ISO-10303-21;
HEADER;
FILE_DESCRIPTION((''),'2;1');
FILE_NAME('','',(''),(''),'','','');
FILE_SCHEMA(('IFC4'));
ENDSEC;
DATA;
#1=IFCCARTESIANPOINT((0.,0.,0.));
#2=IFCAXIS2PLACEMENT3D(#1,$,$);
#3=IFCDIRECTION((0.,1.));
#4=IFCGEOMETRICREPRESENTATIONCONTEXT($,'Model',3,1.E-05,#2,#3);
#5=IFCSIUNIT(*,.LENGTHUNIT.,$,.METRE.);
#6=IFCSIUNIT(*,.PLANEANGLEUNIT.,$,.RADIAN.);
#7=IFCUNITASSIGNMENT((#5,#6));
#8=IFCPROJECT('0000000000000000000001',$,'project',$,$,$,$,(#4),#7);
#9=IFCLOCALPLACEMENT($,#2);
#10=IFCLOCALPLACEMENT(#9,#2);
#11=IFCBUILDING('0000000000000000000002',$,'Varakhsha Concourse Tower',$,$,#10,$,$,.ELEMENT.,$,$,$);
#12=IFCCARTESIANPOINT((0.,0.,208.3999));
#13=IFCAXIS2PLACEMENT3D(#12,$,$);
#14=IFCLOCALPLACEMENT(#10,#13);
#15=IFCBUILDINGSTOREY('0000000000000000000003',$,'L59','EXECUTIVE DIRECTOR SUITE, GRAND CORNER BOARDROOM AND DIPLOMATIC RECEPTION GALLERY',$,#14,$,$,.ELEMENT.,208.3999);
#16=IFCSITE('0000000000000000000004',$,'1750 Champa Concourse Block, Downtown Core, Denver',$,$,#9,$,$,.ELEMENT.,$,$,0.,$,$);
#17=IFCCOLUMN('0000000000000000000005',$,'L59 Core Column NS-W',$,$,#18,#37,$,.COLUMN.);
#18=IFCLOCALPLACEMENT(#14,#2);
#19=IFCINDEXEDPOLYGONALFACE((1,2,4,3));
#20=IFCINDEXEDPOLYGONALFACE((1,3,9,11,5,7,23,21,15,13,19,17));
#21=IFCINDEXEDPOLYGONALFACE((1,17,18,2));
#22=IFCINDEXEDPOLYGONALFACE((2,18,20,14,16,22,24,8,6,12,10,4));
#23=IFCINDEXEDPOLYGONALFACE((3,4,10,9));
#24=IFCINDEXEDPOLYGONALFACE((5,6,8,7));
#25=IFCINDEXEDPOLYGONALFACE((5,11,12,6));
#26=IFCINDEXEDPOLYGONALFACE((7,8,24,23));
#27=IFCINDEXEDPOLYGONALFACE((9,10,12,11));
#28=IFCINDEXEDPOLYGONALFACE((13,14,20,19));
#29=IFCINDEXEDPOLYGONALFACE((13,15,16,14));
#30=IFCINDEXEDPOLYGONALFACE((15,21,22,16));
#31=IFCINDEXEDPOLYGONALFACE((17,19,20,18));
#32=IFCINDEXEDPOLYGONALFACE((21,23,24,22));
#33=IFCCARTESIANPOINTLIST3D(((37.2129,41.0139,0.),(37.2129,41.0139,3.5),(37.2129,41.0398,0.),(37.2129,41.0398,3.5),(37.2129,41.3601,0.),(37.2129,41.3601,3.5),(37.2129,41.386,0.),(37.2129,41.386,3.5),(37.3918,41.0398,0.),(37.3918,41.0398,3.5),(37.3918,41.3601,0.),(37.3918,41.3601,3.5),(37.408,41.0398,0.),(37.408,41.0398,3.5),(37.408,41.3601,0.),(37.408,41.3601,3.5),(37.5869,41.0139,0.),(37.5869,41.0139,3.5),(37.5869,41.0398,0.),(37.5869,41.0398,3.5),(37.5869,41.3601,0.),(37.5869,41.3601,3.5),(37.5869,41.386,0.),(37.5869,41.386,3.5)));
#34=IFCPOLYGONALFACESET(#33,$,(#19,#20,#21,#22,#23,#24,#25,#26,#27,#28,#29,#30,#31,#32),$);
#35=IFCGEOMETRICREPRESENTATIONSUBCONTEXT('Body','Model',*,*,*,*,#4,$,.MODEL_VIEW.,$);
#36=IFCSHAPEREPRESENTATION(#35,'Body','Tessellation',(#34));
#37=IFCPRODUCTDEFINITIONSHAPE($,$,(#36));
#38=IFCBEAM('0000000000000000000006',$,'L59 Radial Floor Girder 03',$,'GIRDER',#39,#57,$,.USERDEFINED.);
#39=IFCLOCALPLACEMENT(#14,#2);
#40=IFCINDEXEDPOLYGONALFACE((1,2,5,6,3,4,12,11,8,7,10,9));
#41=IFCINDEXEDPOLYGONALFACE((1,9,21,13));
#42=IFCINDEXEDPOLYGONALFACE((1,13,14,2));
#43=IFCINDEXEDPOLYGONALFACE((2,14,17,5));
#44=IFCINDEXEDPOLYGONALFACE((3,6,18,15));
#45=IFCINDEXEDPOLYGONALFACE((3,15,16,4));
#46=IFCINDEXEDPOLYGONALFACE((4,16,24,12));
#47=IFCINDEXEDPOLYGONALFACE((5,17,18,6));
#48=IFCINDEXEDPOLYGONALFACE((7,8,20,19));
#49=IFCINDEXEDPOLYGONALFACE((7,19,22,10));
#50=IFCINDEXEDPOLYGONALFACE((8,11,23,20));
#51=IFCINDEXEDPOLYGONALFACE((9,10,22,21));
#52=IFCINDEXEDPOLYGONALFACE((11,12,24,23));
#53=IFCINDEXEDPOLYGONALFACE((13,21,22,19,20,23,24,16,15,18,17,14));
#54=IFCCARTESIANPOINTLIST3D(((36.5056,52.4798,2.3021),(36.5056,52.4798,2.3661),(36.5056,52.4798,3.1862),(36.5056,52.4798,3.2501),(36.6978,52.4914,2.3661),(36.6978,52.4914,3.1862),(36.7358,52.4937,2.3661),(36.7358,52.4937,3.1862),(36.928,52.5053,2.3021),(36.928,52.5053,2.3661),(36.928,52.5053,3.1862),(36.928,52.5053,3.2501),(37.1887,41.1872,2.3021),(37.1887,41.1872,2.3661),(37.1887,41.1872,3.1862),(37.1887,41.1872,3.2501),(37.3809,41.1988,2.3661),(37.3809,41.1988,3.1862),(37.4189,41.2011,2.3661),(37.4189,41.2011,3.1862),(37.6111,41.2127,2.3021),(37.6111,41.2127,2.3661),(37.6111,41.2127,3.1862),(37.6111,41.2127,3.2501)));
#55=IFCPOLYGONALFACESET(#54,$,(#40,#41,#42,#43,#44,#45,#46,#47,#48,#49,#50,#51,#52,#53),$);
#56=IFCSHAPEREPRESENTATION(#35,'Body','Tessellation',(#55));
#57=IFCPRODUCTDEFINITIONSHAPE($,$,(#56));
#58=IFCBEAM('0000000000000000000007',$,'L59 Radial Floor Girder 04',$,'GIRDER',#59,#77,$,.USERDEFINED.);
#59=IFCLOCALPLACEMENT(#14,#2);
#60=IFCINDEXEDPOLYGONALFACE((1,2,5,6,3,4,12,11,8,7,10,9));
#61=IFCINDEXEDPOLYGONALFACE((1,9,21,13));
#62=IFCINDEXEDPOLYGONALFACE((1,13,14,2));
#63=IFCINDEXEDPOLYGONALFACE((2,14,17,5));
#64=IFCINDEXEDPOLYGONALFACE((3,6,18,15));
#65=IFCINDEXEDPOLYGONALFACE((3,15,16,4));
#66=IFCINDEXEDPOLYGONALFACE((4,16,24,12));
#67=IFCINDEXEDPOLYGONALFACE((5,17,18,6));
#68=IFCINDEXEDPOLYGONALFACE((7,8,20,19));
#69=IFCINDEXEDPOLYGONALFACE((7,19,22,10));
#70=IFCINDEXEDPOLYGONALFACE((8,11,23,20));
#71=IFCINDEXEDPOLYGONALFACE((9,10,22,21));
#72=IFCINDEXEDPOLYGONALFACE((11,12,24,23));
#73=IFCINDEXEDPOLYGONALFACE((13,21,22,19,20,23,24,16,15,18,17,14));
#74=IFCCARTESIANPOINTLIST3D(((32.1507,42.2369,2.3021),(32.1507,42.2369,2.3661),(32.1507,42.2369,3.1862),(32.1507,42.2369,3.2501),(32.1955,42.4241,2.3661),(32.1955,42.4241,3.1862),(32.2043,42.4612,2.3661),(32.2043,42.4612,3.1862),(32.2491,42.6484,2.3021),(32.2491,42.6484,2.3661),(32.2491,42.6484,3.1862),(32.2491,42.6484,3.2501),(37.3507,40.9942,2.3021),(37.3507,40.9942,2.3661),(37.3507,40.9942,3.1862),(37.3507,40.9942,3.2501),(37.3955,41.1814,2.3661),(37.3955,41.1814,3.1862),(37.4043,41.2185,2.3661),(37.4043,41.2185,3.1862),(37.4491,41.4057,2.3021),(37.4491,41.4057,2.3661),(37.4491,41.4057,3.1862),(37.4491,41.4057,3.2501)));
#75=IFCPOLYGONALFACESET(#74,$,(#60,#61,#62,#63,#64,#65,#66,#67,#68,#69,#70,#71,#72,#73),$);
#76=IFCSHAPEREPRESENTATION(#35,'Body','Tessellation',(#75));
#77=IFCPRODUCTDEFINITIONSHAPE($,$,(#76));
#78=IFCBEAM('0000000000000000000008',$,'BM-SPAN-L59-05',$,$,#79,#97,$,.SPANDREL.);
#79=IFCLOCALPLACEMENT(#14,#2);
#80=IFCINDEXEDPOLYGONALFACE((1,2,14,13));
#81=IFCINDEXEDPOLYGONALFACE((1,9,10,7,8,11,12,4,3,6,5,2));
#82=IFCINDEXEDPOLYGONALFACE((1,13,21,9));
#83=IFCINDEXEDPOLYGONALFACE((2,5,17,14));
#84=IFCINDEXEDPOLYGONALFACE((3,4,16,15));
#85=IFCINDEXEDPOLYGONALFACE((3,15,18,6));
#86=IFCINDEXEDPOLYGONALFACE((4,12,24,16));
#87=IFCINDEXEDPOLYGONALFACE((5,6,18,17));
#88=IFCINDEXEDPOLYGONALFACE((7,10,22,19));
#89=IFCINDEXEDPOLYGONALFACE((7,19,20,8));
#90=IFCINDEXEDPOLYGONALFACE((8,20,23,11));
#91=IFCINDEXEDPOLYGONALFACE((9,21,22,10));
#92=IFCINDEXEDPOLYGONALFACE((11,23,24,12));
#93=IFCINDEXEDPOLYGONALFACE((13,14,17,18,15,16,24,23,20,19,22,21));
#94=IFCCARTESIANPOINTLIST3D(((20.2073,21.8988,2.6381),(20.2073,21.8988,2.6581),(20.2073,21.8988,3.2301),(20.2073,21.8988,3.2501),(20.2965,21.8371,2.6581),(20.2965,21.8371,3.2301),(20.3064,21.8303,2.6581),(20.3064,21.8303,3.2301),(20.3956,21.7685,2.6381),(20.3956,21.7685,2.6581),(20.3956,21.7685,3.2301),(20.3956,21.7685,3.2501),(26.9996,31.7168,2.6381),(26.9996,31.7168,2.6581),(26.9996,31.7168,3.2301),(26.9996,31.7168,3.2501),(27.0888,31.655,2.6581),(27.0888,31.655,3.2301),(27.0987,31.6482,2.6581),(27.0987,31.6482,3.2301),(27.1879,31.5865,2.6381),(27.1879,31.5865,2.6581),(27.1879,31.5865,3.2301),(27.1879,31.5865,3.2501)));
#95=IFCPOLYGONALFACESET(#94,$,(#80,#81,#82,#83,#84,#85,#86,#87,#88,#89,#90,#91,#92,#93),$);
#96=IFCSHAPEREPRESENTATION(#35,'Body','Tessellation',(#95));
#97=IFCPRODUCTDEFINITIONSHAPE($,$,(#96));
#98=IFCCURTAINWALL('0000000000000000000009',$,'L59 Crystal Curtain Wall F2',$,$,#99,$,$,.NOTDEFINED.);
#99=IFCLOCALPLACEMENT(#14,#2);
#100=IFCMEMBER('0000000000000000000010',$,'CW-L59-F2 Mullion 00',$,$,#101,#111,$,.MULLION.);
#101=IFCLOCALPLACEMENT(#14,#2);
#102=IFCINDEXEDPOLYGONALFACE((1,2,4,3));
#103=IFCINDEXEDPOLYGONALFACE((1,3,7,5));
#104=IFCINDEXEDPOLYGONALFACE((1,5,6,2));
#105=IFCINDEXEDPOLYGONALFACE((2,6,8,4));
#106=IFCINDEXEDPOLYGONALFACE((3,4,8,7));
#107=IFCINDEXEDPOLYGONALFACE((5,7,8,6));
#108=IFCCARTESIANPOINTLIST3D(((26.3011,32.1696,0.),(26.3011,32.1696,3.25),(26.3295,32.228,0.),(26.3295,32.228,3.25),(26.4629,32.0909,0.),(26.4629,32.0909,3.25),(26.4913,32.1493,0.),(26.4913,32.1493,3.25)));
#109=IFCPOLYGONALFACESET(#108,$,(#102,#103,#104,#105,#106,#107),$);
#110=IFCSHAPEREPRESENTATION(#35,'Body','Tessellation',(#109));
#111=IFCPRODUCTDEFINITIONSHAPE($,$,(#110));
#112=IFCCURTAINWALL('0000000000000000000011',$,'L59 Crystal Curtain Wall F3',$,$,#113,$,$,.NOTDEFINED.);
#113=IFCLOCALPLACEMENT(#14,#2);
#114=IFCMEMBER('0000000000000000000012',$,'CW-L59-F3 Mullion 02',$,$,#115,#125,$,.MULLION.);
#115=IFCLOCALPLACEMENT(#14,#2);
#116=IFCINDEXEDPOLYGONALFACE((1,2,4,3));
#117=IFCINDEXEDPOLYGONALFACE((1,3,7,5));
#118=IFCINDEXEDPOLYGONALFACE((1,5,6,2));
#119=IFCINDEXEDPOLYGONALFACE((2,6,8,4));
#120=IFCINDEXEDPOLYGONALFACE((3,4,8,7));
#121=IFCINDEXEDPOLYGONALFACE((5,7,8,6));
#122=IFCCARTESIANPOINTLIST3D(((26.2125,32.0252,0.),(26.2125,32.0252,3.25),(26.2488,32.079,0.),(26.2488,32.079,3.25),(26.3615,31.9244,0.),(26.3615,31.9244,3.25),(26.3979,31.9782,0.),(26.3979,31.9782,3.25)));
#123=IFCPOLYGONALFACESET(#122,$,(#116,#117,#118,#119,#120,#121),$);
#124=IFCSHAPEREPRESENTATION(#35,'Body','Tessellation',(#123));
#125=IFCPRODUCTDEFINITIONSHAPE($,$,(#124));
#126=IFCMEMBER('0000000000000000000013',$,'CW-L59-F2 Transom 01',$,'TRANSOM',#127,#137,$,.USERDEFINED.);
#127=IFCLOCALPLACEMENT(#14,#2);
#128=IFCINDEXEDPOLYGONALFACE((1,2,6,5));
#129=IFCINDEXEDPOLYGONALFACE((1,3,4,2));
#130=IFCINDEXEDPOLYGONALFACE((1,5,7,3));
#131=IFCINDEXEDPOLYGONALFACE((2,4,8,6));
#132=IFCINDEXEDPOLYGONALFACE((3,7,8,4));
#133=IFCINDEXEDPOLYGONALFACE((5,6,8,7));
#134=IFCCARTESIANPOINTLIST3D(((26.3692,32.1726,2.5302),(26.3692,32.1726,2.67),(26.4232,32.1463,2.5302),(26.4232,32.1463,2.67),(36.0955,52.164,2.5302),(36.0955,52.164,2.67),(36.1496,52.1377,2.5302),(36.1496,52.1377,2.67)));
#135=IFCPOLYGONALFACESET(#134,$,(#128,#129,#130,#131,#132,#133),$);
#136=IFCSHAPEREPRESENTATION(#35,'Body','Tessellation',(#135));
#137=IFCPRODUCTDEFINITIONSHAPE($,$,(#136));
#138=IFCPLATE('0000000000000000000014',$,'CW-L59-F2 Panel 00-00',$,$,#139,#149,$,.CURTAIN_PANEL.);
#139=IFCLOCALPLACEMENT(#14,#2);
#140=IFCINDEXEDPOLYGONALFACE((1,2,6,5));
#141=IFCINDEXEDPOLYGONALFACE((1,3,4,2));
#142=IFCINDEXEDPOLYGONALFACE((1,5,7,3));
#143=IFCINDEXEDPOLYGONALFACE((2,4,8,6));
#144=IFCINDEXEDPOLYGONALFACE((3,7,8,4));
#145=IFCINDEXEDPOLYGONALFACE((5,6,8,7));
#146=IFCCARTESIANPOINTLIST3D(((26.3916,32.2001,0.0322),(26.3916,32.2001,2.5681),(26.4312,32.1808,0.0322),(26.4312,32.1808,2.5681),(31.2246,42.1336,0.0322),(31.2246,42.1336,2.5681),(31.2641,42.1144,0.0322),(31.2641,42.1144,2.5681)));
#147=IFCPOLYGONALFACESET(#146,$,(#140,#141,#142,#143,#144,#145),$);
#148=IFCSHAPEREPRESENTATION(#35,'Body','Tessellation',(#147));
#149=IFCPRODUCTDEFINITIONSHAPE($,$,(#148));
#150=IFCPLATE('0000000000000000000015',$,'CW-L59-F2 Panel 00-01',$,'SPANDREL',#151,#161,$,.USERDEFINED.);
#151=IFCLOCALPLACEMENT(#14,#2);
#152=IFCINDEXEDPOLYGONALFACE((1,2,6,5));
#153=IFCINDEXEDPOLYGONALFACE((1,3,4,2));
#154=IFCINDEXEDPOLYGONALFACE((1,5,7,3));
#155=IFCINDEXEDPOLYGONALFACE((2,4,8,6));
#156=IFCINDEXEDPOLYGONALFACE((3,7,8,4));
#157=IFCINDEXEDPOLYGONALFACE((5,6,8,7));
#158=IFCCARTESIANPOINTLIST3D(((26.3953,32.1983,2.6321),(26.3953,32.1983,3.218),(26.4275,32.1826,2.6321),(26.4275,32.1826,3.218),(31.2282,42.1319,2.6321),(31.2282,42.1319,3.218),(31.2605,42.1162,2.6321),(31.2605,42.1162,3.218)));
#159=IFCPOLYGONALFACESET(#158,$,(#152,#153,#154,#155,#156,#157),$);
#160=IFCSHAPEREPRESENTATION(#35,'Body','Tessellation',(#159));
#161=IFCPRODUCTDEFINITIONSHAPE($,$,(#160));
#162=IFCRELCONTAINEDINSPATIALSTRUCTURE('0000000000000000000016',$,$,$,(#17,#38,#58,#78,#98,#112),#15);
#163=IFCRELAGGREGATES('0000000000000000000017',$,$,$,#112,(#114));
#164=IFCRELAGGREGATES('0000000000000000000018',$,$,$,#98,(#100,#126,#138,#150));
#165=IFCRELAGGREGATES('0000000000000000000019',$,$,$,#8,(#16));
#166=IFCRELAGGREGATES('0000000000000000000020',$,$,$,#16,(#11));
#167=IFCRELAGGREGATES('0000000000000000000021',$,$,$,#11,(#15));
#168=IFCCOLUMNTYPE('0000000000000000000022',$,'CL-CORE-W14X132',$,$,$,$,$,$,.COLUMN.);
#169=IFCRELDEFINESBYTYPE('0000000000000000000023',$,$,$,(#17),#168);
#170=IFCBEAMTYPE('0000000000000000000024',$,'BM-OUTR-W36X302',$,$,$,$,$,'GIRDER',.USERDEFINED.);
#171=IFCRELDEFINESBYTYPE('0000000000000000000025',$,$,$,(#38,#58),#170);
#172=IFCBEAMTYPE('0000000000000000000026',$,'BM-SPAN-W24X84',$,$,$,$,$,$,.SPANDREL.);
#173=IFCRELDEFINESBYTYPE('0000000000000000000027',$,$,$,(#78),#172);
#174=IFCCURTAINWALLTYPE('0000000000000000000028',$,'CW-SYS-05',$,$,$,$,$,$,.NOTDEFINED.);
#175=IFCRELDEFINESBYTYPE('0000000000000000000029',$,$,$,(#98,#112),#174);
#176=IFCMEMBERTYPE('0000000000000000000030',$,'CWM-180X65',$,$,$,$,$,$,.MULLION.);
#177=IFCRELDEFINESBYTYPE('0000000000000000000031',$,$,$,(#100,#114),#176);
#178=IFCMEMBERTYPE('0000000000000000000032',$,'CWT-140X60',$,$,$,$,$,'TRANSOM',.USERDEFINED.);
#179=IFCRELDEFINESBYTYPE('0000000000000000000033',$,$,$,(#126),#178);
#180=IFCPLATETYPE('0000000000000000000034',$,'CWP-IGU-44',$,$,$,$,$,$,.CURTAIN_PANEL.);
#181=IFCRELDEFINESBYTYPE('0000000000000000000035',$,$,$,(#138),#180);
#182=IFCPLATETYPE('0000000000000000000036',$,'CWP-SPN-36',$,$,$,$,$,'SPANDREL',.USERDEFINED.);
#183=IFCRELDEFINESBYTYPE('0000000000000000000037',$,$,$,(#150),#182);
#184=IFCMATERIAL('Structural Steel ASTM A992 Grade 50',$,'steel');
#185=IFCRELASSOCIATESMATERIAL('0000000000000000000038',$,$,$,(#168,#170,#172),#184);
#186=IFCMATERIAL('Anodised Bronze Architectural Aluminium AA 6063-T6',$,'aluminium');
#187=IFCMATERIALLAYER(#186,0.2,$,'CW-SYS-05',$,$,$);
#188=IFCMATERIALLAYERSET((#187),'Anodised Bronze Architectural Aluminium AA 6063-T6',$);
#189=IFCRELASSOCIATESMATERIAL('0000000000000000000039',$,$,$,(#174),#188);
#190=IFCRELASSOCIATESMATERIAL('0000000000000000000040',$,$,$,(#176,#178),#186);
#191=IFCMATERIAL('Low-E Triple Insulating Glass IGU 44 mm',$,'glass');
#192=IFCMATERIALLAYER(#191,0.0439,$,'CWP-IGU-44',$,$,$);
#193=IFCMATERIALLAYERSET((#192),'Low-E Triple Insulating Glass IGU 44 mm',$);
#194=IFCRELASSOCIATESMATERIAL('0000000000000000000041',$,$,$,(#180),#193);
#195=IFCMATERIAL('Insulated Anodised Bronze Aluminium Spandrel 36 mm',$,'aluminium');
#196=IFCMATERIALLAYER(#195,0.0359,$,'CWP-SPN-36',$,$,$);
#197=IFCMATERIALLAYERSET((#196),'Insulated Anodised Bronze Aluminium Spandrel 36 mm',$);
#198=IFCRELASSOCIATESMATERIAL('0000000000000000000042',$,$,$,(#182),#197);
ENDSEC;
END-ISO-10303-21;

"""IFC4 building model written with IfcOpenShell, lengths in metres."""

from ifc_helpers import new_model, si_unit, direction, frame, origin, origin_2d, place, context, subcontext, project, spatial, rectangle, i_section, extrude, source, transform, mapped, material, layer, layer_set, material_profile, profile_set, type_object, type_shapes, element, aggregate, save


model = new_model("IFC4")

# Units and contexts
model_context = context("Model", 3, precision=1e-05, world=origin(), true_north=direction((0.0, 1.0)))
body_context = subcontext(model_context, "Body", "Model", "MODEL_VIEW")
ifc_project = project(units=[si_unit("LENGTHUNIT", "METRE"), si_unit("PLANEANGLEUNIT", "RADIAN")], contexts=[model_context])

# Site, building, storey
site_placement = place(None, origin())
site = spatial("IfcSite", under=ifc_project, at=site_placement, Name="1750 Champa Concourse Block, Downtown Core, Denver", CompositionType="ELEMENT", RefElevation=0.0)
building_placement = place(site_placement, origin())
building = spatial("IfcBuilding", under=site, at=building_placement, Name="Varakhsha Concourse Tower", CompositionType="ELEMENT")
storey_placement = place(building_placement, frame((0.0, 0.0, 208.3999)))
storey = spatial("IfcBuildingStorey", under=building, at=storey_placement, Name="L59", Description="EXECUTIVE DIRECTOR SUITE, GRAND CORNER BOARDROOM AND DIPLOMATIC RECEPTION GALLERY", CompositionType="ELEMENT", Elevation=208.3999)

# Column
ifc_material_1 = material(Name="Structural Steel ASTM A992 Grade 50", Category="steel")
ifc_material_profile_1 = material_profile(ifc_material_1, i_section(OverallWidth=0.374, OverallDepth=0.3721, WebThickness=0.0161, FlangeThickness=0.0259, at=origin_2d()), Name="W14X132")
ifc_profile_set_1 = profile_set([ifc_material_profile_1], Name="Structural Steel ASTM A992 Grade 50")
column_type = type_object("IfcColumnType", Name="CL-CORE-W14X132", PredefinedType="COLUMN", material=ifc_profile_set_1)
column_placement = place(storey_placement, frame((37.3999, 41.2, 0.0), z_axis=(0.0, 0.0, 1.0), x_axis=(1.0, 0.0, 0.0)))
element("IfcColumn", 1, at=column_placement, inside=storey, type_object=column_type, Name="L59 Core Column NS-W", PredefinedType="COLUMN", context=body_context, shape_type="SweptSolid", body=[
    extrude(i_section(OverallWidth=0.374, OverallDepth=0.3721, WebThickness=0.0161, FlangeThickness=0.0259, at=origin_2d()), origin(), (0.0, 0.0, 1.0), 3.5),
])

# Beams
ifc_material_profile_2 = material_profile(ifc_material_1, i_section(OverallWidth=0.4231, OverallDepth=0.948, WebThickness=0.0381, FlangeThickness=0.064, at=origin_2d()), Name="W36X302")
ifc_profile_set_2 = profile_set([ifc_material_profile_2], Name="Structural Steel ASTM A992 Grade 50")
beam_type_1 = type_object("IfcBeamType", Name="BM-OUTR-W36X302", ElementType="GIRDER", PredefinedType="USERDEFINED", material=ifc_profile_set_2)
beam_1_placement = place(storey_placement, frame((37.3999, 41.2, 2.7761), z_axis=(-0.060382, 0.998175, 0.0), x_axis=(-0.998175, -0.060382, 0.0)))
element("IfcBeam", 2, at=beam_1_placement, inside=storey, type_object=beam_type_1, Name="L59 Radial Floor Girder 03", ObjectType="GIRDER", PredefinedType="USERDEFINED", context=body_context, shape_type="SweptSolid", body=[
    extrude(i_section(OverallWidth=0.4231, OverallDepth=0.948, WebThickness=0.0381, FlangeThickness=0.064, at=origin_2d()), origin(), (0.0, 0.0, 1.0), 11.3132),
])
beam_2_placement = place(storey_placement, frame((37.3999, 41.2, 2.7761), z_axis=(-0.972612, 0.232433, 0.0), x_axis=(-0.232433, -0.972612, 0.0)))
element("IfcBeam", 3, at=beam_2_placement, inside=storey, type_object=beam_type_1, Name="L59 Radial Floor Girder 04", ObjectType="GIRDER", PredefinedType="USERDEFINED", context=body_context, shape_type="SweptSolid", body=[
    extrude(i_section(OverallWidth=0.4231, OverallDepth=0.948, WebThickness=0.0381, FlangeThickness=0.064, at=origin_2d()), origin(), (0.0, 0.0, 1.0), 5.3464),
])
ifc_material_profile_3 = material_profile(ifc_material_1, i_section(OverallWidth=0.229, OverallDepth=0.6121, WebThickness=0.012, FlangeThickness=0.02, at=origin_2d()), Name="W24X84")
ifc_profile_set_3 = profile_set([ifc_material_profile_3], Name="Structural Steel ASTM A992 Grade 50")
beam_type_2 = type_object("IfcBeamType", Name="BM-SPAN-W24X84", PredefinedType="SPANDREL", material=ifc_profile_set_3)
beam_3_placement = place(storey_placement, frame((27.0938, 31.6516, 2.9441), z_axis=(-0.568941, -0.822378, 0.0), x_axis=(0.822378, -0.568941, 0.0)))
element("IfcBeam", 4, at=beam_3_placement, inside=storey, type_object=beam_type_2, Name="BM-SPAN-L59-05", PredefinedType="SPANDREL", context=body_context, shape_type="SweptSolid", body=[
    extrude(i_section(OverallWidth=0.229, OverallDepth=0.6121, WebThickness=0.012, FlangeThickness=0.02, at=origin_2d()), origin(), (0.0, 0.0, 1.0), 11.9385),
])

# Curtain walls, members
ifc_material_2 = material(Name="Anodised Bronze Architectural Aluminium AA 6063-T6", Category="aluminium")
ifc_layer_1 = layer(ifc_material_2, 0.2, Name="CW-SYS-05")
ifc_layer_set_1 = layer_set([ifc_layer_1], Name="Anodised Bronze Architectural Aluminium AA 6063-T6")
curtain_wall_type = type_object("IfcCurtainWallType", Name="CW-SYS-05", PredefinedType="NOTDEFINED", material=ifc_layer_set_1)
curtain_wall_1_placement = place(storey_placement, origin())
curtain_wall_1 = element("IfcCurtainWall", 5, at=curtain_wall_1_placement, inside=storey, type_object=curtain_wall_type, Name="L59 Crystal Curtain Wall F2", PredefinedType="NOTDEFINED")
ifc_material_profile_4 = material_profile(ifc_material_2, rectangle(XDim=0.0649, YDim=0.1799, at=origin_2d()), Name="CWM-180X65")
ifc_profile_set_4 = profile_set([ifc_material_profile_4], Name="Anodised Bronze Architectural Aluminium AA 6063-T6")
member_type_1 = type_object("IfcMemberType", Name="CWM-180X65", PredefinedType="MULLION", material=ifc_profile_set_4)
shared_shape_1 = source(origin(), body_context, "Body", "SweptSolid", [
    extrude(rectangle(XDim=0.0649, YDim=0.1799, at=origin_2d()), origin(), (0.0, 0.0, 1.0), 3.25),
])
type_shapes(member_type_1, [shared_shape_1])
member_1_placement = place(storey_placement, frame((26.3962, 32.1594, 0.0), z_axis=(0.0, 0.0, 1.0), x_axis=(0.437497, 0.89922, 0.0)))
member_1 = element("IfcMember", 6, at=member_1_placement, type_object=member_type_1, Name="CW-L59-F2 Mullion 00", PredefinedType="MULLION", context=body_context, shape_type="MappedRepresentation", body=[
    mapped(shared_shape_1, transform((0.0, 0.0, 0.0), scale=1.0)),
])
curtain_wall_2_placement = place(storey_placement, origin())
curtain_wall_2 = element("IfcCurtainWall", 7, at=curtain_wall_2_placement, inside=storey, type_object=curtain_wall_type, Name="L59 Crystal Curtain Wall F3", PredefinedType="NOTDEFINED")
member_2_placement = place(storey_placement, frame((26.3052, 32.0017, 0.0), z_axis=(0.0, 0.0, 1.0), x_axis=(0.559999, 0.828494, 0.0)))
member_2 = element("IfcMember", 8, at=member_2_placement, type_object=member_type_1, Name="CW-L59-F3 Mullion 02", PredefinedType="MULLION", context=body_context, shape_type="MappedRepresentation", body=[
    mapped(shared_shape_1, transform((0.0, 0.0, 0.0), scale=1.0)),
])
aggregate(curtain_wall_2, [member_2])

# Member
ifc_material_profile_5 = material_profile(ifc_material_2, rectangle(XDim=0.0601, YDim=0.1399, at=origin_2d()), Name="CWT-140X60")
ifc_profile_set_5 = profile_set([ifc_material_profile_5], Name="Anodised Bronze Architectural Aluminium AA 6063-T6")
member_type_2 = type_object("IfcMemberType", Name="CWT-140X60", ElementType="TRANSOM", PredefinedType="USERDEFINED", material=ifc_profile_set_5)
shared_shape_2 = source(origin(), body_context, "Body", "SweptSolid", [
    extrude(rectangle(XDim=0.0601, YDim=0.1399, at=origin_2d()), origin(), (0.0, 0.0, 1.0), 22.2319),
])
type_shapes(member_type_2, [shared_shape_2])
member_3_placement = place(storey_placement, frame((26.3962, 32.1594, 2.6001), z_axis=(0.437493, 0.899222, 0.0), x_axis=(-0.899222, 0.437493, 0.0)))
member_3 = element("IfcMember", 9, at=member_3_placement, type_object=member_type_2, Name="CW-L59-F2 Transom 01", ObjectType="TRANSOM", PredefinedType="USERDEFINED", context=body_context, shape_type="MappedRepresentation", body=[
    mapped(shared_shape_2, transform((0.0, 0.0, 0.0), scale=1.0)),
])

# Plates
ifc_material_3 = material(Name="Low-E Triple Insulating Glass IGU 44 mm", Category="glass")
ifc_layer_2 = layer(ifc_material_3, 0.0439, Name="CWP-IGU-44")
ifc_layer_set_2 = layer_set([ifc_layer_2], Name="Low-E Triple Insulating Glass IGU 44 mm")
plate_type_1 = type_object("IfcPlateType", Name="CWP-IGU-44", PredefinedType="CURTAIN_PANEL", material=ifc_layer_set_2)
shared_shape_3 = source(origin(), body_context, "Body", "SweptSolid", [
    extrude(rectangle(XDim=11.0469, YDim=0.0439, at=origin_2d()), origin(), (0.0, 0.0, 1.0), 2.5359),
])
type_shapes(plate_type_1, [shared_shape_3])
plate_1_placement = place(storey_placement, frame((28.8279, 37.1572, 0.0322), z_axis=(0.0, 0.0, 1.0), x_axis=(0.437497, 0.89922, 0.0)))
plate_1 = element("IfcPlate", 10, at=plate_1_placement, type_object=plate_type_1, Name="CW-L59-F2 Panel 00-00", PredefinedType="CURTAIN_PANEL", context=body_context, shape_type="MappedRepresentation", body=[
    mapped(shared_shape_3, transform((0.0, 0.0, 0.0), scale=1.0)),
])
ifc_material_4 = material(Name="Insulated Anodised Bronze Aluminium Spandrel 36 mm", Category="aluminium")
ifc_layer_3 = layer(ifc_material_4, 0.0359, Name="CWP-SPN-36")
ifc_layer_set_3 = layer_set([ifc_layer_3], Name="Insulated Anodised Bronze Aluminium Spandrel 36 mm")
plate_type_2 = type_object("IfcPlateType", Name="CWP-SPN-36", ElementType="SPANDREL", PredefinedType="USERDEFINED", material=ifc_layer_set_3)
shared_shape_4 = source(origin(), body_context, "Body", "SweptSolid", [
    extrude(rectangle(XDim=11.0469, YDim=0.0359, at=origin_2d()), origin(), (0.0, 0.0, 1.0), 0.5859),
])
type_shapes(plate_type_2, [shared_shape_4])
plate_2_placement = place(storey_placement, frame((28.8279, 37.1572, 2.6321), z_axis=(0.0, 0.0, 1.0), x_axis=(0.437497, 0.89922, 0.0)))
plate_2 = element("IfcPlate", 11, at=plate_2_placement, type_object=plate_type_2, Name="CW-L59-F2 Panel 00-01", ObjectType="SPANDREL", PredefinedType="USERDEFINED", context=body_context, shape_type="MappedRepresentation", body=[
    mapped(shared_shape_4, transform((0.0, 0.0, 0.0), scale=1.0)),
])
aggregate(curtain_wall_1, [member_1, member_3, plate_1, plate_2])

save(model, "model.ifc")
